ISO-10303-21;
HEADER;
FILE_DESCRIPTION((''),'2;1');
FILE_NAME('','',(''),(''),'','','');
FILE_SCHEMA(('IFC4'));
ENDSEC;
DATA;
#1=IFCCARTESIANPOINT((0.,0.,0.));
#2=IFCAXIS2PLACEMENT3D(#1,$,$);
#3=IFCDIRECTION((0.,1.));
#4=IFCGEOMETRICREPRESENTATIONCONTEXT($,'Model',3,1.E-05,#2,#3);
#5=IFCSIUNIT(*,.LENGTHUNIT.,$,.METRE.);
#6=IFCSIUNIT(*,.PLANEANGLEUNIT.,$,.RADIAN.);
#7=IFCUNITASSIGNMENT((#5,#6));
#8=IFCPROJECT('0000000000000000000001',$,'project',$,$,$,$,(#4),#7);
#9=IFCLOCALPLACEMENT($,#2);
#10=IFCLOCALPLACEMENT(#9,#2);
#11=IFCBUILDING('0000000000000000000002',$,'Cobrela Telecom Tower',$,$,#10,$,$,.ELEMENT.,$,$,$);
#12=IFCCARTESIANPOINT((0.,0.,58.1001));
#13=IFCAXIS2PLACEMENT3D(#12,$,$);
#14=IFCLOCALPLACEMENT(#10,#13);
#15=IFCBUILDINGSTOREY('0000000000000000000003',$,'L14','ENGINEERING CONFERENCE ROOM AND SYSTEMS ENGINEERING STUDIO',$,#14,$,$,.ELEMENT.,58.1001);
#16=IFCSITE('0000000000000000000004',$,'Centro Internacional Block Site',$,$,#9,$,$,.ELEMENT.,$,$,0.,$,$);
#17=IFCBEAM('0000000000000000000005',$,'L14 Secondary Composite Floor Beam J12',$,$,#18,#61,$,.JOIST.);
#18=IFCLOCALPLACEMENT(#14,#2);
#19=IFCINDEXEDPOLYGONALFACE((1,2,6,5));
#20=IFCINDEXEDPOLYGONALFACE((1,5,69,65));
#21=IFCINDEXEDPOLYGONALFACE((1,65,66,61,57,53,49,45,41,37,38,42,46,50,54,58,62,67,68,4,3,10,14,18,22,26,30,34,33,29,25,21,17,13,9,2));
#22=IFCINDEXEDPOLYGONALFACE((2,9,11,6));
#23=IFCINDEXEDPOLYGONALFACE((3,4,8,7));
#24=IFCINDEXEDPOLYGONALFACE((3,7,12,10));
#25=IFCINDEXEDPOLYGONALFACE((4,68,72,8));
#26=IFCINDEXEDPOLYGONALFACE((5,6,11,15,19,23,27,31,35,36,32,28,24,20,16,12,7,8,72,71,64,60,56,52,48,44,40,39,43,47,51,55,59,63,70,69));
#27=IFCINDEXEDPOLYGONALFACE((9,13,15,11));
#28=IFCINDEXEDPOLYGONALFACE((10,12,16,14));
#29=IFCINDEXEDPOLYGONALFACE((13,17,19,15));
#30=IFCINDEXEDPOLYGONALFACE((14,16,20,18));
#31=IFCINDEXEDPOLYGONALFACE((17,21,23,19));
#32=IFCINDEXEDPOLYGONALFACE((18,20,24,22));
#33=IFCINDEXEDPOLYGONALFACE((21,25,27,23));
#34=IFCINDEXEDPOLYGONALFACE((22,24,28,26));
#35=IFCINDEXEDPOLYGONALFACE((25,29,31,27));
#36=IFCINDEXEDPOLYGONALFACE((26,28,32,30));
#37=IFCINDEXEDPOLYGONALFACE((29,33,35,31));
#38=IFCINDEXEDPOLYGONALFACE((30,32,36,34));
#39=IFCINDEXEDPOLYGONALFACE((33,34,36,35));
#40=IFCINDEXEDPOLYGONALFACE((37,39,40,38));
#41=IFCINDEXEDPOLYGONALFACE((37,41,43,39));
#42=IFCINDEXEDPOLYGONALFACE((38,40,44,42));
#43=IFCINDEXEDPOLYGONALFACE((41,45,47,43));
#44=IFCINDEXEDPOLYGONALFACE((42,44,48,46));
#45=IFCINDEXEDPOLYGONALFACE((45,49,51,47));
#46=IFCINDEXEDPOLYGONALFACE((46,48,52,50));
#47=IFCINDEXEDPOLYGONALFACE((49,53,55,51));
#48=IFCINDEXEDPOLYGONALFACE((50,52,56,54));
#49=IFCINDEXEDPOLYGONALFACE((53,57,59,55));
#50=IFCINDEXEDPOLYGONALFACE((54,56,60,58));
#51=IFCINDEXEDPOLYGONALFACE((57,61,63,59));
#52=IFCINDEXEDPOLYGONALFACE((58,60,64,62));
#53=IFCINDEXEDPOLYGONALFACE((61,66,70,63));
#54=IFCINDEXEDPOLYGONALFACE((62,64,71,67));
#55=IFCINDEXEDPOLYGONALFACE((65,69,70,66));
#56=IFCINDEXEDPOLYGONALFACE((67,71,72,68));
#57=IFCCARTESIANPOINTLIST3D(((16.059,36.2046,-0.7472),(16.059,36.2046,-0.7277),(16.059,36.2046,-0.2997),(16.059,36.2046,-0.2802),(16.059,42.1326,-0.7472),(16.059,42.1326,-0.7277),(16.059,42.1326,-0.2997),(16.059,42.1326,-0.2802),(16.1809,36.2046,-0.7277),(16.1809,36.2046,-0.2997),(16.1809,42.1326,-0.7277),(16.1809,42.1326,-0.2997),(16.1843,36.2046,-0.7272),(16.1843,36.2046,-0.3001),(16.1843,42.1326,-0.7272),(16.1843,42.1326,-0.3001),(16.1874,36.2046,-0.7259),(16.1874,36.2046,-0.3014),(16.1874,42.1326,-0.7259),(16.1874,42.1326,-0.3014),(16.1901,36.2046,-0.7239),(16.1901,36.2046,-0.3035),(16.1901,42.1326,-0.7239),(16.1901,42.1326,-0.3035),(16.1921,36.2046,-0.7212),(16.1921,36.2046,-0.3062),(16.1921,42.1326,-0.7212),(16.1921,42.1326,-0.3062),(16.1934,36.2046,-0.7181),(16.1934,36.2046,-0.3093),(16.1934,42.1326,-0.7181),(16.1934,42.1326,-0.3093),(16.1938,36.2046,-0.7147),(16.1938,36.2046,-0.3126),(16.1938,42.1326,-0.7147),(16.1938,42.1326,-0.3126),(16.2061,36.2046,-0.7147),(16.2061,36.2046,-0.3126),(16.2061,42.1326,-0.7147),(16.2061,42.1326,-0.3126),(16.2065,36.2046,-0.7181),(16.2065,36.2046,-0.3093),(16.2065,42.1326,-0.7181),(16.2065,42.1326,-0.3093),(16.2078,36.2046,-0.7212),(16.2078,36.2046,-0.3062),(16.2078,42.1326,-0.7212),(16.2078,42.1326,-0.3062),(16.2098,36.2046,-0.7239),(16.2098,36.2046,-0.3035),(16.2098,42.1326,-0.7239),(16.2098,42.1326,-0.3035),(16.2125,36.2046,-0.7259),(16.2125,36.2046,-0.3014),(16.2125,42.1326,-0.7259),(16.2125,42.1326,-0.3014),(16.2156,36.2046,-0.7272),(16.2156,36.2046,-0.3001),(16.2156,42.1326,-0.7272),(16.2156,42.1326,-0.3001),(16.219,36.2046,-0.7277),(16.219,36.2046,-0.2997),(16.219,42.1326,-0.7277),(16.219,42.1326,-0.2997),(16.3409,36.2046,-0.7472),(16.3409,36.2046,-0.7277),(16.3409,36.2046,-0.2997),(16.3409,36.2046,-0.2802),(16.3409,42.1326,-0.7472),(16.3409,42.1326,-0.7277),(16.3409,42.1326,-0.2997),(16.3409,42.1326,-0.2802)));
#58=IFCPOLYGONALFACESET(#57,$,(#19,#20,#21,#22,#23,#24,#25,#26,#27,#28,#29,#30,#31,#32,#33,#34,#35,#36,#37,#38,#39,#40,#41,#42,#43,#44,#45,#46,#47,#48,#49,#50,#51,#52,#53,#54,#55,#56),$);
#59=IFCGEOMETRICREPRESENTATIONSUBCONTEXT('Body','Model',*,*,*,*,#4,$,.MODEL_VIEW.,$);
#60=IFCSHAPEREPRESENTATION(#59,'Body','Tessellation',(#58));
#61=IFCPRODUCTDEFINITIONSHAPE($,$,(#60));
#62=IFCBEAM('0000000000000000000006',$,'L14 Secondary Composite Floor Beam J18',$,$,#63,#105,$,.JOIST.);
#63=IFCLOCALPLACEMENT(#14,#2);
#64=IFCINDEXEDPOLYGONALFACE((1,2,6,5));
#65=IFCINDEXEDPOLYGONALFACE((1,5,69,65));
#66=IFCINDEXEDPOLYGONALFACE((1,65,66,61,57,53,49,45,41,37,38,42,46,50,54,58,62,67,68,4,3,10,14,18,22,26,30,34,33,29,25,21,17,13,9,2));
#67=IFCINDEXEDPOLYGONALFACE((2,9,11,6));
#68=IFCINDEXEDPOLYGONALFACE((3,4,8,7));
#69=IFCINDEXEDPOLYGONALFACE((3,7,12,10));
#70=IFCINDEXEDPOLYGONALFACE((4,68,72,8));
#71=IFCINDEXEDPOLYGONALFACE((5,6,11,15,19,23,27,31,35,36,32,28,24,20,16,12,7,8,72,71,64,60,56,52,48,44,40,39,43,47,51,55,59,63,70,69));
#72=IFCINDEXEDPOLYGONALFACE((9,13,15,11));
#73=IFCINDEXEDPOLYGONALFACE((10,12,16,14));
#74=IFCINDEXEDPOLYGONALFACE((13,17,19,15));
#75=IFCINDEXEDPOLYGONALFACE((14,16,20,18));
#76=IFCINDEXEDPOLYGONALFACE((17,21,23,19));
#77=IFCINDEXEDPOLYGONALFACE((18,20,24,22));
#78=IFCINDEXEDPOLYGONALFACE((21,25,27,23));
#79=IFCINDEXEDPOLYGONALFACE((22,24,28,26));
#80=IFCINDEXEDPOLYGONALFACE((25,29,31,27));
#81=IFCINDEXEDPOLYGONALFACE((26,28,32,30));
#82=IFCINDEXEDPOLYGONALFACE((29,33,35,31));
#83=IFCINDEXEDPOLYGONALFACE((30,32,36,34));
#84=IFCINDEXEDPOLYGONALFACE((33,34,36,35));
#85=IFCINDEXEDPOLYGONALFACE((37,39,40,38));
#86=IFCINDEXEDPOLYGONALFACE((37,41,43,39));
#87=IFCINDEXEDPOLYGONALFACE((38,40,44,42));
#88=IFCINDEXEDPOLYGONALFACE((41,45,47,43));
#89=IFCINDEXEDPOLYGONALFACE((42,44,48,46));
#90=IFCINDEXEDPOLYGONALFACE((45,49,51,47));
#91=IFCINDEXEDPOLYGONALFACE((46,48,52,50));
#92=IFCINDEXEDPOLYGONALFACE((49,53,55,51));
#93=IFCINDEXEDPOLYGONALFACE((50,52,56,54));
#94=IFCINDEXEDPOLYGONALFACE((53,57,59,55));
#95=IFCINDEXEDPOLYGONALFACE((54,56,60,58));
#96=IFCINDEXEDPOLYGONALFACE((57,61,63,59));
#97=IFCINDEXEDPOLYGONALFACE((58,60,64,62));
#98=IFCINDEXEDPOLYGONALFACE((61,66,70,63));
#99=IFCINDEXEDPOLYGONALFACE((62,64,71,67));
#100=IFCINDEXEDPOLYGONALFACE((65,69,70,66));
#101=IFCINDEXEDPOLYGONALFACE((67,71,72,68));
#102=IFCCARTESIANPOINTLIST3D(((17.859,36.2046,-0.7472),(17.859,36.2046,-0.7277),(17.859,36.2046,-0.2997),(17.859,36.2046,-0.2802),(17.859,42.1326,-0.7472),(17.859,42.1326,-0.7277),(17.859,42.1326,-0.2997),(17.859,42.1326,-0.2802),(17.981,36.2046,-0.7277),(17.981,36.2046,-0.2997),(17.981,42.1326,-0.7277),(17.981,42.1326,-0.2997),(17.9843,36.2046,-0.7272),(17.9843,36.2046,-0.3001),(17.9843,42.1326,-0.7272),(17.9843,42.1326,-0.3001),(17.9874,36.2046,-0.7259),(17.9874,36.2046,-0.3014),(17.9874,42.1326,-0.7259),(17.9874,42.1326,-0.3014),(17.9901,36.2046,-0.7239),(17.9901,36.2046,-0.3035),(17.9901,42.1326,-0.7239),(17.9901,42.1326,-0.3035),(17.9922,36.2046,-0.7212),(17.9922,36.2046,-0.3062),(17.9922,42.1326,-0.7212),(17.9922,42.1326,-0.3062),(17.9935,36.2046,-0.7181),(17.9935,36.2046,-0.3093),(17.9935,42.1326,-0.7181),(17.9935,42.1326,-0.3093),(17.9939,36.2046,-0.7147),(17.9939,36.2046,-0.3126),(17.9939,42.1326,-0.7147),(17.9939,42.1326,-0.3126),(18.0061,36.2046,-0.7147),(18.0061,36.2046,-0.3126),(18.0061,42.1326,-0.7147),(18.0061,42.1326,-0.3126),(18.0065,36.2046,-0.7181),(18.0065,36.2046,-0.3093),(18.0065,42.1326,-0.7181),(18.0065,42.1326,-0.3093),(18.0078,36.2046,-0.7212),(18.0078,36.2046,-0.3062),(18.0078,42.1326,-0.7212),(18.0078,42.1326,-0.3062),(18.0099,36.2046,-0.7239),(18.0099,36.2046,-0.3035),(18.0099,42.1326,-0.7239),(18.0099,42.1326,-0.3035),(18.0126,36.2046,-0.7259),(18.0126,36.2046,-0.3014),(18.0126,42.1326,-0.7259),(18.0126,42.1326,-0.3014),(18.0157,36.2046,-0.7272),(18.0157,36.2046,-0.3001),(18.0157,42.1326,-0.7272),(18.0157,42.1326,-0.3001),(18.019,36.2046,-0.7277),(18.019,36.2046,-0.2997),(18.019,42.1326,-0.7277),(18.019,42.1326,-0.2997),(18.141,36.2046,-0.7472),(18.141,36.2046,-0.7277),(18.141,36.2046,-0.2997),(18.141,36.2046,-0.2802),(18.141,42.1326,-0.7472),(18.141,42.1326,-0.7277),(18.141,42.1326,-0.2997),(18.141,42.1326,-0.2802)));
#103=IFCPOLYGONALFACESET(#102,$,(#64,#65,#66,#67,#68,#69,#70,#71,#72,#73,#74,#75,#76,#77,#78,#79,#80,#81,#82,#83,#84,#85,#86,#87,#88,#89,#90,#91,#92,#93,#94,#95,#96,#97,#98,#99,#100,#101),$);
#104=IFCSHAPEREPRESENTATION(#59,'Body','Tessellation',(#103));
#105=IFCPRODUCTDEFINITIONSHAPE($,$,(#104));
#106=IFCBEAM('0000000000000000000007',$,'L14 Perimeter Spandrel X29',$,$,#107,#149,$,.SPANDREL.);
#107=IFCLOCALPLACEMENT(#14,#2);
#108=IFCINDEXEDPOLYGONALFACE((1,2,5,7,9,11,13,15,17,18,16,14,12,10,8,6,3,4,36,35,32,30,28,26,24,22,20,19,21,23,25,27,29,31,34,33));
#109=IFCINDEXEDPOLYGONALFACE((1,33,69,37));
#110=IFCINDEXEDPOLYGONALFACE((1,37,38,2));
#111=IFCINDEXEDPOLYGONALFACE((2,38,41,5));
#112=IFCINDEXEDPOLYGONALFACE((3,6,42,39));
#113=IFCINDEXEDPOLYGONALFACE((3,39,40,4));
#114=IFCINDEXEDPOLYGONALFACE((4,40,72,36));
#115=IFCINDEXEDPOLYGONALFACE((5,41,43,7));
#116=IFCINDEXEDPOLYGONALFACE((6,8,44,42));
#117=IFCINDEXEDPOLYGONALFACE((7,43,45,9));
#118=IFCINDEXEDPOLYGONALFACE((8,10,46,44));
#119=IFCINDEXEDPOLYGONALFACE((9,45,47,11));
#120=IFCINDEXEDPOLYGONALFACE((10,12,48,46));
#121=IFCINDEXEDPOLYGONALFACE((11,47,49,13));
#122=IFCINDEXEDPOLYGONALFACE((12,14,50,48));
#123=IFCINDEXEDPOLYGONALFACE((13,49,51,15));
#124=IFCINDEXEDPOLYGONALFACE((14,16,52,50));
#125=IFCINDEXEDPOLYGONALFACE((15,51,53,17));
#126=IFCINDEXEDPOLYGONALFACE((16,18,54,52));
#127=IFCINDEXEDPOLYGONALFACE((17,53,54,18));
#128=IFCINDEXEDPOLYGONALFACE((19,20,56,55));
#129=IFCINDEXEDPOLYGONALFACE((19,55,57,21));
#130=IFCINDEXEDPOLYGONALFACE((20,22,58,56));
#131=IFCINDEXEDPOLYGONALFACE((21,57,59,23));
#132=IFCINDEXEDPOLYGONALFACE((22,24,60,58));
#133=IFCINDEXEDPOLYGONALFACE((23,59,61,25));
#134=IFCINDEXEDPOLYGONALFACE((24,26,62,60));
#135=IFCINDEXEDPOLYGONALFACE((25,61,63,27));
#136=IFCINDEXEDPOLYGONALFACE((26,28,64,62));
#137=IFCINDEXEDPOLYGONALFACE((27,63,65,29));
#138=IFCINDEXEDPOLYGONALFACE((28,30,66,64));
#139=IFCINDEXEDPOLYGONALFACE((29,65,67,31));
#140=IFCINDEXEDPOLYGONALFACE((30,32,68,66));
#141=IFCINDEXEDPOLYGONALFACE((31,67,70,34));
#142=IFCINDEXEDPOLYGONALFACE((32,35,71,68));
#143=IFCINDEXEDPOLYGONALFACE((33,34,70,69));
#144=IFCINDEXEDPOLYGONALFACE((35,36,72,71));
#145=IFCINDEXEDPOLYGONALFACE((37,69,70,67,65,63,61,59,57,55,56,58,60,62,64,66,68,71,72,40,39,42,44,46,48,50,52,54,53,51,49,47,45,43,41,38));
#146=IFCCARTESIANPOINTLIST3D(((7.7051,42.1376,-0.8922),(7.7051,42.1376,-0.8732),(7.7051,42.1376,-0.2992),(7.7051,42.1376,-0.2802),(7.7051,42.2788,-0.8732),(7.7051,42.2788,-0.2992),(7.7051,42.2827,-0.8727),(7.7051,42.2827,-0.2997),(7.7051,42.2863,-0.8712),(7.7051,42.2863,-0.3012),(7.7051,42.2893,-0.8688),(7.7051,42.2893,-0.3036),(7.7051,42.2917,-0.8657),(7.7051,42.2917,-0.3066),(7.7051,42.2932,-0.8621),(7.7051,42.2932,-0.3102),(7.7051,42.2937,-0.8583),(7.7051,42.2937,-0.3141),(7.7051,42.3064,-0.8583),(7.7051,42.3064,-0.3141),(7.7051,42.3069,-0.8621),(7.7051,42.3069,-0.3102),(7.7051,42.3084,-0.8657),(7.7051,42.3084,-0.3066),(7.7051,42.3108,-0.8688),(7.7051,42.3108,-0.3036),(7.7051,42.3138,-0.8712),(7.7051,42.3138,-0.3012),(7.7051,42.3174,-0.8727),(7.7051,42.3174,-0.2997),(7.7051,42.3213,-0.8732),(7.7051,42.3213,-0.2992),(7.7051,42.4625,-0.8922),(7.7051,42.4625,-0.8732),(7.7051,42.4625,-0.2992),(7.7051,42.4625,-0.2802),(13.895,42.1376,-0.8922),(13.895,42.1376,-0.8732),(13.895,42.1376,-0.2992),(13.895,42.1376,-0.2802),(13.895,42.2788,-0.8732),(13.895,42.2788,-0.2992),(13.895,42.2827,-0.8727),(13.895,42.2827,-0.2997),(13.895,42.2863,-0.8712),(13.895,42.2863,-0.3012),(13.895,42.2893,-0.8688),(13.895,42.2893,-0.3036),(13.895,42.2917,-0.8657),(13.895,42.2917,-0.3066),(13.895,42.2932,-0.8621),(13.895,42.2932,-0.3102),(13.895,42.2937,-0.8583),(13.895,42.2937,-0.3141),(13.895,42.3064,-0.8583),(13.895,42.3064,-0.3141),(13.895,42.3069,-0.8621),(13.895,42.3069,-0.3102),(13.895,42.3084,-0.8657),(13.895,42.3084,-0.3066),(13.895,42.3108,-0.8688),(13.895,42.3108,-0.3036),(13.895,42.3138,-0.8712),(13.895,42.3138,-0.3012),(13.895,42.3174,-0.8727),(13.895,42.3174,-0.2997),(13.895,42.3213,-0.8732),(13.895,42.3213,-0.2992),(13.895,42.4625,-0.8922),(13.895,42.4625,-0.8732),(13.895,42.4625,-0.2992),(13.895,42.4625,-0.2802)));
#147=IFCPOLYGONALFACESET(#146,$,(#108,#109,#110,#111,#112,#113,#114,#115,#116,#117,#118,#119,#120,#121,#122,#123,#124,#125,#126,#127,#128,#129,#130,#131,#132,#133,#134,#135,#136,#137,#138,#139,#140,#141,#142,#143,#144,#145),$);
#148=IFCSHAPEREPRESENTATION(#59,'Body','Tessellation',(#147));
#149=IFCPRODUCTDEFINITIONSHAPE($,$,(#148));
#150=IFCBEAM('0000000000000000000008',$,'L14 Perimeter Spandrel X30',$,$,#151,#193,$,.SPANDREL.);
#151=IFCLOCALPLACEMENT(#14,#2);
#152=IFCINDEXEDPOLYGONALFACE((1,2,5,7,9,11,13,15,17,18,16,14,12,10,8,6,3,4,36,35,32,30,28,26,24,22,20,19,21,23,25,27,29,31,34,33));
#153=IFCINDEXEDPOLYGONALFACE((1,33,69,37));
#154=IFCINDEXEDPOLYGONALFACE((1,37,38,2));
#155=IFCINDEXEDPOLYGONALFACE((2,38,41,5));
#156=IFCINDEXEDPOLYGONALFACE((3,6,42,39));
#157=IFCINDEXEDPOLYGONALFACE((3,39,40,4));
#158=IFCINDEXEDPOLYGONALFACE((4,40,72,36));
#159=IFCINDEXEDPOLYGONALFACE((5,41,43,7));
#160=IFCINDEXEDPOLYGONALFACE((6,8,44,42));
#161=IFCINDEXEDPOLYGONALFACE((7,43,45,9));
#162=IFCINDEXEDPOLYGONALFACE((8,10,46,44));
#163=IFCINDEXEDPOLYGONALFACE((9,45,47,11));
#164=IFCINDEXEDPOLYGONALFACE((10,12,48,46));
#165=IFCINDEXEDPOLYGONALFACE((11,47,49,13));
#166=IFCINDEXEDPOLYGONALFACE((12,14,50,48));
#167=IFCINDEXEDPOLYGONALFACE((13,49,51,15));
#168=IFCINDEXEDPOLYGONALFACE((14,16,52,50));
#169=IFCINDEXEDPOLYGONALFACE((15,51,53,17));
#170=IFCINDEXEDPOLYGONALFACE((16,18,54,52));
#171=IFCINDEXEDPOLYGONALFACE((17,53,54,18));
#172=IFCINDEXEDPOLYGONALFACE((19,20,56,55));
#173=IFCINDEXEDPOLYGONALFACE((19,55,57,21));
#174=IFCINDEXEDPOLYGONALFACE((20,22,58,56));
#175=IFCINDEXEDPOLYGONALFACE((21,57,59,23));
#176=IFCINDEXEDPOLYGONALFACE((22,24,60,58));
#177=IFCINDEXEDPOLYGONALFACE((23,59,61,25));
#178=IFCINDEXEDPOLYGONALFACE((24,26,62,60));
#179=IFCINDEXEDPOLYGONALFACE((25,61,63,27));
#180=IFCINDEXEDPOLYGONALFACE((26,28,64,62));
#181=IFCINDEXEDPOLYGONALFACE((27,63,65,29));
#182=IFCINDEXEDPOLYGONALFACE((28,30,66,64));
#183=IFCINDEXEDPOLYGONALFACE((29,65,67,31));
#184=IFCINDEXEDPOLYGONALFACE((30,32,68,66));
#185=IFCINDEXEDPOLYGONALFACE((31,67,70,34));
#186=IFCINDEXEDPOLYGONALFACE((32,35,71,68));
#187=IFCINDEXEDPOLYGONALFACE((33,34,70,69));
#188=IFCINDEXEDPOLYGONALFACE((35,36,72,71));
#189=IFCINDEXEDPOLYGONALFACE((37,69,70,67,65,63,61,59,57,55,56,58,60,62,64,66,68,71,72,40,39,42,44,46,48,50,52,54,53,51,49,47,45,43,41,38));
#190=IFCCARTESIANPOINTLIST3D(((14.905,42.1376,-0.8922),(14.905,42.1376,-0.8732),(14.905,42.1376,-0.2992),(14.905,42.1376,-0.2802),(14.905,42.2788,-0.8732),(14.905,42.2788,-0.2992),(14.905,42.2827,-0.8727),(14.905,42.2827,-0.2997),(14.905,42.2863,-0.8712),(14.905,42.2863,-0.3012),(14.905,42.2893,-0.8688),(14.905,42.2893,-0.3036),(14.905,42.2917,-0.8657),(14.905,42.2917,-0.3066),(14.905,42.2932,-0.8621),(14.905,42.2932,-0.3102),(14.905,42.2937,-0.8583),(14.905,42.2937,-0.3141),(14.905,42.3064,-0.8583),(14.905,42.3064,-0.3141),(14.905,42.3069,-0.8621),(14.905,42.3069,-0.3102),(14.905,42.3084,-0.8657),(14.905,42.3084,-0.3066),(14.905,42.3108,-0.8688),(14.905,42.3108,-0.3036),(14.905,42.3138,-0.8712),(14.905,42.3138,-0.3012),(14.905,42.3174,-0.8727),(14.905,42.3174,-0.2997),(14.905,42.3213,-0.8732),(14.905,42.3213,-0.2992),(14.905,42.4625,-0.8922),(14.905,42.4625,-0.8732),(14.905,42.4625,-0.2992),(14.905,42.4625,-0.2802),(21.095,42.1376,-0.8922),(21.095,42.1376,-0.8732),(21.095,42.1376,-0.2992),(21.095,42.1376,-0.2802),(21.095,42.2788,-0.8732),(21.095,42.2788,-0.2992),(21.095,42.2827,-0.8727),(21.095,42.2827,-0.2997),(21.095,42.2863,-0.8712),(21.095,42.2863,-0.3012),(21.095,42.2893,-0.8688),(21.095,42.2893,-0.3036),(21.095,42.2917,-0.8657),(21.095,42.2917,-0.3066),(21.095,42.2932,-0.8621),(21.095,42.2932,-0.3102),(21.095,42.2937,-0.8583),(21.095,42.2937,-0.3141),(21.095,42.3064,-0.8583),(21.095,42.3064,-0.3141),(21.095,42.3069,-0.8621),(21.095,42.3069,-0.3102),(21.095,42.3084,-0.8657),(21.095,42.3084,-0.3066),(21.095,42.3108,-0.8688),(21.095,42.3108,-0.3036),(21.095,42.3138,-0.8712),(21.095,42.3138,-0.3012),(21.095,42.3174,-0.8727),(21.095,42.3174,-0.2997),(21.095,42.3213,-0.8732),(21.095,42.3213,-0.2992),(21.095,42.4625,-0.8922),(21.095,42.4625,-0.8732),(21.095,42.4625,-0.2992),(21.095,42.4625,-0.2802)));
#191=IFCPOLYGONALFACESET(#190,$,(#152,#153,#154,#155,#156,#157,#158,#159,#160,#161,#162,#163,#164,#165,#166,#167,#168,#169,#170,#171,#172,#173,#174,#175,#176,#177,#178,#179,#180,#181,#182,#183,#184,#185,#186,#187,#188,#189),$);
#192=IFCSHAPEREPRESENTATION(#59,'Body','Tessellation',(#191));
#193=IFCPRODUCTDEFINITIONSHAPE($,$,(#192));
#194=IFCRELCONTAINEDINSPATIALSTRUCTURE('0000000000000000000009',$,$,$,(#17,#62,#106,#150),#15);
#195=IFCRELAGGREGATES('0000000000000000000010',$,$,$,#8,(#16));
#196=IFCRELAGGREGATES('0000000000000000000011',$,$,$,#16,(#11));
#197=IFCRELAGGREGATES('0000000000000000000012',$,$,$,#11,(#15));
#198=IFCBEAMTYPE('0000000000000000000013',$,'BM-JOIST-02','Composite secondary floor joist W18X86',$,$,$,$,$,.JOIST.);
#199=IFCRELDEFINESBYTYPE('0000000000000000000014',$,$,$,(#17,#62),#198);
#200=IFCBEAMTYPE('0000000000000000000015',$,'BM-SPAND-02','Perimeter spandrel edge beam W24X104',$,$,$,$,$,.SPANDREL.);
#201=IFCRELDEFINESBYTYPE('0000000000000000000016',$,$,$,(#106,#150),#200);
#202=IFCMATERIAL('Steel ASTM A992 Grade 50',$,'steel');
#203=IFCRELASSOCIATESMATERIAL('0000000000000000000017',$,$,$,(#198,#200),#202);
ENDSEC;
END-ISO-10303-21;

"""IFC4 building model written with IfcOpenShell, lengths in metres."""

from ifc_helpers import new_model, si_unit, direction, frame, origin, origin_2d, place, context, subcontext, project, spatial, i_section, extrude, material, material_profile, profile_set, type_object, element, save


model = new_model("IFC4")

# Units and contexts
model_context = context("Model", 3, precision=1e-05, world=origin(), true_north=direction((0.0, 1.0)))
body_context = subcontext(model_context, "Body", "Model", "MODEL_VIEW")
ifc_project = project(units=[si_unit("LENGTHUNIT", "METRE"), si_unit("PLANEANGLEUNIT", "RADIAN")], contexts=[model_context])

# Site, building, storey
site_placement = place(None, origin())
site = spatial("IfcSite", under=ifc_project, at=site_placement, Name="Centro Internacional Block Site", CompositionType="ELEMENT", RefElevation=0.0)
building_placement = place(site_placement, origin())
building = spatial("IfcBuilding", under=site, at=building_placement, Name="Cobrela Telecom Tower", CompositionType="ELEMENT")
storey_placement = place(building_placement, frame((0.0, 0.0, 58.1001)))
storey = spatial("IfcBuildingStorey", under=building, at=storey_placement, Name="L14", Description="ENGINEERING CONFERENCE ROOM AND SYSTEMS ENGINEERING STUDIO", CompositionType="ELEMENT", Elevation=58.1001)

# Beams
ifc_material_1 = material(Name="Steel ASTM A992 Grade 50", Category="steel")
ifc_material_profile_1 = material_profile(ifc_material_1, i_section(OverallWidth=0.282, OverallDepth=0.467, WebThickness=0.0122, FlangeThickness=0.0195, FilletRadius=0.0129, at=origin_2d()), Name="W18X86")
ifc_profile_set_1 = profile_set([ifc_material_profile_1], Name="Steel ASTM A992 Grade 50")
beam_type_1 = type_object("IfcBeamType", Name="BM-JOIST-02", Description="Composite secondary floor joist W18X86", PredefinedType="JOIST", material=ifc_profile_set_1)
for number, where, z_axis, x_axis, name in (
    (1, (16.2, 36.2046, -0.5137), (0.0, 1.0, 0.0), (-1.0, 0.0, 0.0), "L14 Secondary Composite Floor Beam J12"),
    (2, (18.0, 36.2046, -0.5137), (0.0, 1.0, 0.0), (-1.0, 0.0, 0.0), "L14 Secondary Composite Floor Beam J18"),
):
    element("IfcBeam", number, at=place(storey_placement, frame(where, z_axis=z_axis, x_axis=x_axis)), inside=storey, type_object=beam_type_1, Name=name, PredefinedType="JOIST", context=body_context, shape_type="SweptSolid", body=[
        extrude(i_section(OverallWidth=0.282, OverallDepth=0.467, WebThickness=0.0122, FlangeThickness=0.0195, FilletRadius=0.0129, at=origin_2d()), origin(), (0.0, 0.0, 1.0), 5.928),
    ])
ifc_material_profile_2 = material_profile(ifc_material_1, i_section(OverallWidth=0.325, OverallDepth=0.6121, WebThickness=0.0127, FlangeThickness=0.019, FilletRadius=0.0149, at=origin_2d()), Name="W24X104")
ifc_profile_set_2 = profile_set([ifc_material_profile_2], Name="Steel ASTM A992 Grade 50")
beam_type_2 = type_object("IfcBeamType", Name="BM-SPAND-02", Description="Perimeter spandrel edge beam W24X104", PredefinedType="SPANDREL", material=ifc_profile_set_2)
for number, where, z_axis, x_axis, name in (
    (3, (7.7051, 42.3, -0.5862), (1.0, 0.0, 0.0), (0.0, 1.0, 0.0), "L14 Perimeter Spandrel X29"),
    (4, (14.905, 42.3, -0.5862), (1.0, 0.0, 0.0), (0.0, 1.0, 0.0), "L14 Perimeter Spandrel X30"),
):
    element("IfcBeam", number, at=place(storey_placement, frame(where, z_axis=z_axis, x_axis=x_axis)), inside=storey, type_object=beam_type_2, Name=name, PredefinedType="SPANDREL", context=body_context, shape_type="SweptSolid", body=[
        extrude(i_section(OverallWidth=0.325, OverallDepth=0.6121, WebThickness=0.0127, FlangeThickness=0.019, FilletRadius=0.0149, at=origin_2d()), origin(), (0.0, 0.0, 1.0), 6.1899),
    ])

save(model, "model.ifc")
